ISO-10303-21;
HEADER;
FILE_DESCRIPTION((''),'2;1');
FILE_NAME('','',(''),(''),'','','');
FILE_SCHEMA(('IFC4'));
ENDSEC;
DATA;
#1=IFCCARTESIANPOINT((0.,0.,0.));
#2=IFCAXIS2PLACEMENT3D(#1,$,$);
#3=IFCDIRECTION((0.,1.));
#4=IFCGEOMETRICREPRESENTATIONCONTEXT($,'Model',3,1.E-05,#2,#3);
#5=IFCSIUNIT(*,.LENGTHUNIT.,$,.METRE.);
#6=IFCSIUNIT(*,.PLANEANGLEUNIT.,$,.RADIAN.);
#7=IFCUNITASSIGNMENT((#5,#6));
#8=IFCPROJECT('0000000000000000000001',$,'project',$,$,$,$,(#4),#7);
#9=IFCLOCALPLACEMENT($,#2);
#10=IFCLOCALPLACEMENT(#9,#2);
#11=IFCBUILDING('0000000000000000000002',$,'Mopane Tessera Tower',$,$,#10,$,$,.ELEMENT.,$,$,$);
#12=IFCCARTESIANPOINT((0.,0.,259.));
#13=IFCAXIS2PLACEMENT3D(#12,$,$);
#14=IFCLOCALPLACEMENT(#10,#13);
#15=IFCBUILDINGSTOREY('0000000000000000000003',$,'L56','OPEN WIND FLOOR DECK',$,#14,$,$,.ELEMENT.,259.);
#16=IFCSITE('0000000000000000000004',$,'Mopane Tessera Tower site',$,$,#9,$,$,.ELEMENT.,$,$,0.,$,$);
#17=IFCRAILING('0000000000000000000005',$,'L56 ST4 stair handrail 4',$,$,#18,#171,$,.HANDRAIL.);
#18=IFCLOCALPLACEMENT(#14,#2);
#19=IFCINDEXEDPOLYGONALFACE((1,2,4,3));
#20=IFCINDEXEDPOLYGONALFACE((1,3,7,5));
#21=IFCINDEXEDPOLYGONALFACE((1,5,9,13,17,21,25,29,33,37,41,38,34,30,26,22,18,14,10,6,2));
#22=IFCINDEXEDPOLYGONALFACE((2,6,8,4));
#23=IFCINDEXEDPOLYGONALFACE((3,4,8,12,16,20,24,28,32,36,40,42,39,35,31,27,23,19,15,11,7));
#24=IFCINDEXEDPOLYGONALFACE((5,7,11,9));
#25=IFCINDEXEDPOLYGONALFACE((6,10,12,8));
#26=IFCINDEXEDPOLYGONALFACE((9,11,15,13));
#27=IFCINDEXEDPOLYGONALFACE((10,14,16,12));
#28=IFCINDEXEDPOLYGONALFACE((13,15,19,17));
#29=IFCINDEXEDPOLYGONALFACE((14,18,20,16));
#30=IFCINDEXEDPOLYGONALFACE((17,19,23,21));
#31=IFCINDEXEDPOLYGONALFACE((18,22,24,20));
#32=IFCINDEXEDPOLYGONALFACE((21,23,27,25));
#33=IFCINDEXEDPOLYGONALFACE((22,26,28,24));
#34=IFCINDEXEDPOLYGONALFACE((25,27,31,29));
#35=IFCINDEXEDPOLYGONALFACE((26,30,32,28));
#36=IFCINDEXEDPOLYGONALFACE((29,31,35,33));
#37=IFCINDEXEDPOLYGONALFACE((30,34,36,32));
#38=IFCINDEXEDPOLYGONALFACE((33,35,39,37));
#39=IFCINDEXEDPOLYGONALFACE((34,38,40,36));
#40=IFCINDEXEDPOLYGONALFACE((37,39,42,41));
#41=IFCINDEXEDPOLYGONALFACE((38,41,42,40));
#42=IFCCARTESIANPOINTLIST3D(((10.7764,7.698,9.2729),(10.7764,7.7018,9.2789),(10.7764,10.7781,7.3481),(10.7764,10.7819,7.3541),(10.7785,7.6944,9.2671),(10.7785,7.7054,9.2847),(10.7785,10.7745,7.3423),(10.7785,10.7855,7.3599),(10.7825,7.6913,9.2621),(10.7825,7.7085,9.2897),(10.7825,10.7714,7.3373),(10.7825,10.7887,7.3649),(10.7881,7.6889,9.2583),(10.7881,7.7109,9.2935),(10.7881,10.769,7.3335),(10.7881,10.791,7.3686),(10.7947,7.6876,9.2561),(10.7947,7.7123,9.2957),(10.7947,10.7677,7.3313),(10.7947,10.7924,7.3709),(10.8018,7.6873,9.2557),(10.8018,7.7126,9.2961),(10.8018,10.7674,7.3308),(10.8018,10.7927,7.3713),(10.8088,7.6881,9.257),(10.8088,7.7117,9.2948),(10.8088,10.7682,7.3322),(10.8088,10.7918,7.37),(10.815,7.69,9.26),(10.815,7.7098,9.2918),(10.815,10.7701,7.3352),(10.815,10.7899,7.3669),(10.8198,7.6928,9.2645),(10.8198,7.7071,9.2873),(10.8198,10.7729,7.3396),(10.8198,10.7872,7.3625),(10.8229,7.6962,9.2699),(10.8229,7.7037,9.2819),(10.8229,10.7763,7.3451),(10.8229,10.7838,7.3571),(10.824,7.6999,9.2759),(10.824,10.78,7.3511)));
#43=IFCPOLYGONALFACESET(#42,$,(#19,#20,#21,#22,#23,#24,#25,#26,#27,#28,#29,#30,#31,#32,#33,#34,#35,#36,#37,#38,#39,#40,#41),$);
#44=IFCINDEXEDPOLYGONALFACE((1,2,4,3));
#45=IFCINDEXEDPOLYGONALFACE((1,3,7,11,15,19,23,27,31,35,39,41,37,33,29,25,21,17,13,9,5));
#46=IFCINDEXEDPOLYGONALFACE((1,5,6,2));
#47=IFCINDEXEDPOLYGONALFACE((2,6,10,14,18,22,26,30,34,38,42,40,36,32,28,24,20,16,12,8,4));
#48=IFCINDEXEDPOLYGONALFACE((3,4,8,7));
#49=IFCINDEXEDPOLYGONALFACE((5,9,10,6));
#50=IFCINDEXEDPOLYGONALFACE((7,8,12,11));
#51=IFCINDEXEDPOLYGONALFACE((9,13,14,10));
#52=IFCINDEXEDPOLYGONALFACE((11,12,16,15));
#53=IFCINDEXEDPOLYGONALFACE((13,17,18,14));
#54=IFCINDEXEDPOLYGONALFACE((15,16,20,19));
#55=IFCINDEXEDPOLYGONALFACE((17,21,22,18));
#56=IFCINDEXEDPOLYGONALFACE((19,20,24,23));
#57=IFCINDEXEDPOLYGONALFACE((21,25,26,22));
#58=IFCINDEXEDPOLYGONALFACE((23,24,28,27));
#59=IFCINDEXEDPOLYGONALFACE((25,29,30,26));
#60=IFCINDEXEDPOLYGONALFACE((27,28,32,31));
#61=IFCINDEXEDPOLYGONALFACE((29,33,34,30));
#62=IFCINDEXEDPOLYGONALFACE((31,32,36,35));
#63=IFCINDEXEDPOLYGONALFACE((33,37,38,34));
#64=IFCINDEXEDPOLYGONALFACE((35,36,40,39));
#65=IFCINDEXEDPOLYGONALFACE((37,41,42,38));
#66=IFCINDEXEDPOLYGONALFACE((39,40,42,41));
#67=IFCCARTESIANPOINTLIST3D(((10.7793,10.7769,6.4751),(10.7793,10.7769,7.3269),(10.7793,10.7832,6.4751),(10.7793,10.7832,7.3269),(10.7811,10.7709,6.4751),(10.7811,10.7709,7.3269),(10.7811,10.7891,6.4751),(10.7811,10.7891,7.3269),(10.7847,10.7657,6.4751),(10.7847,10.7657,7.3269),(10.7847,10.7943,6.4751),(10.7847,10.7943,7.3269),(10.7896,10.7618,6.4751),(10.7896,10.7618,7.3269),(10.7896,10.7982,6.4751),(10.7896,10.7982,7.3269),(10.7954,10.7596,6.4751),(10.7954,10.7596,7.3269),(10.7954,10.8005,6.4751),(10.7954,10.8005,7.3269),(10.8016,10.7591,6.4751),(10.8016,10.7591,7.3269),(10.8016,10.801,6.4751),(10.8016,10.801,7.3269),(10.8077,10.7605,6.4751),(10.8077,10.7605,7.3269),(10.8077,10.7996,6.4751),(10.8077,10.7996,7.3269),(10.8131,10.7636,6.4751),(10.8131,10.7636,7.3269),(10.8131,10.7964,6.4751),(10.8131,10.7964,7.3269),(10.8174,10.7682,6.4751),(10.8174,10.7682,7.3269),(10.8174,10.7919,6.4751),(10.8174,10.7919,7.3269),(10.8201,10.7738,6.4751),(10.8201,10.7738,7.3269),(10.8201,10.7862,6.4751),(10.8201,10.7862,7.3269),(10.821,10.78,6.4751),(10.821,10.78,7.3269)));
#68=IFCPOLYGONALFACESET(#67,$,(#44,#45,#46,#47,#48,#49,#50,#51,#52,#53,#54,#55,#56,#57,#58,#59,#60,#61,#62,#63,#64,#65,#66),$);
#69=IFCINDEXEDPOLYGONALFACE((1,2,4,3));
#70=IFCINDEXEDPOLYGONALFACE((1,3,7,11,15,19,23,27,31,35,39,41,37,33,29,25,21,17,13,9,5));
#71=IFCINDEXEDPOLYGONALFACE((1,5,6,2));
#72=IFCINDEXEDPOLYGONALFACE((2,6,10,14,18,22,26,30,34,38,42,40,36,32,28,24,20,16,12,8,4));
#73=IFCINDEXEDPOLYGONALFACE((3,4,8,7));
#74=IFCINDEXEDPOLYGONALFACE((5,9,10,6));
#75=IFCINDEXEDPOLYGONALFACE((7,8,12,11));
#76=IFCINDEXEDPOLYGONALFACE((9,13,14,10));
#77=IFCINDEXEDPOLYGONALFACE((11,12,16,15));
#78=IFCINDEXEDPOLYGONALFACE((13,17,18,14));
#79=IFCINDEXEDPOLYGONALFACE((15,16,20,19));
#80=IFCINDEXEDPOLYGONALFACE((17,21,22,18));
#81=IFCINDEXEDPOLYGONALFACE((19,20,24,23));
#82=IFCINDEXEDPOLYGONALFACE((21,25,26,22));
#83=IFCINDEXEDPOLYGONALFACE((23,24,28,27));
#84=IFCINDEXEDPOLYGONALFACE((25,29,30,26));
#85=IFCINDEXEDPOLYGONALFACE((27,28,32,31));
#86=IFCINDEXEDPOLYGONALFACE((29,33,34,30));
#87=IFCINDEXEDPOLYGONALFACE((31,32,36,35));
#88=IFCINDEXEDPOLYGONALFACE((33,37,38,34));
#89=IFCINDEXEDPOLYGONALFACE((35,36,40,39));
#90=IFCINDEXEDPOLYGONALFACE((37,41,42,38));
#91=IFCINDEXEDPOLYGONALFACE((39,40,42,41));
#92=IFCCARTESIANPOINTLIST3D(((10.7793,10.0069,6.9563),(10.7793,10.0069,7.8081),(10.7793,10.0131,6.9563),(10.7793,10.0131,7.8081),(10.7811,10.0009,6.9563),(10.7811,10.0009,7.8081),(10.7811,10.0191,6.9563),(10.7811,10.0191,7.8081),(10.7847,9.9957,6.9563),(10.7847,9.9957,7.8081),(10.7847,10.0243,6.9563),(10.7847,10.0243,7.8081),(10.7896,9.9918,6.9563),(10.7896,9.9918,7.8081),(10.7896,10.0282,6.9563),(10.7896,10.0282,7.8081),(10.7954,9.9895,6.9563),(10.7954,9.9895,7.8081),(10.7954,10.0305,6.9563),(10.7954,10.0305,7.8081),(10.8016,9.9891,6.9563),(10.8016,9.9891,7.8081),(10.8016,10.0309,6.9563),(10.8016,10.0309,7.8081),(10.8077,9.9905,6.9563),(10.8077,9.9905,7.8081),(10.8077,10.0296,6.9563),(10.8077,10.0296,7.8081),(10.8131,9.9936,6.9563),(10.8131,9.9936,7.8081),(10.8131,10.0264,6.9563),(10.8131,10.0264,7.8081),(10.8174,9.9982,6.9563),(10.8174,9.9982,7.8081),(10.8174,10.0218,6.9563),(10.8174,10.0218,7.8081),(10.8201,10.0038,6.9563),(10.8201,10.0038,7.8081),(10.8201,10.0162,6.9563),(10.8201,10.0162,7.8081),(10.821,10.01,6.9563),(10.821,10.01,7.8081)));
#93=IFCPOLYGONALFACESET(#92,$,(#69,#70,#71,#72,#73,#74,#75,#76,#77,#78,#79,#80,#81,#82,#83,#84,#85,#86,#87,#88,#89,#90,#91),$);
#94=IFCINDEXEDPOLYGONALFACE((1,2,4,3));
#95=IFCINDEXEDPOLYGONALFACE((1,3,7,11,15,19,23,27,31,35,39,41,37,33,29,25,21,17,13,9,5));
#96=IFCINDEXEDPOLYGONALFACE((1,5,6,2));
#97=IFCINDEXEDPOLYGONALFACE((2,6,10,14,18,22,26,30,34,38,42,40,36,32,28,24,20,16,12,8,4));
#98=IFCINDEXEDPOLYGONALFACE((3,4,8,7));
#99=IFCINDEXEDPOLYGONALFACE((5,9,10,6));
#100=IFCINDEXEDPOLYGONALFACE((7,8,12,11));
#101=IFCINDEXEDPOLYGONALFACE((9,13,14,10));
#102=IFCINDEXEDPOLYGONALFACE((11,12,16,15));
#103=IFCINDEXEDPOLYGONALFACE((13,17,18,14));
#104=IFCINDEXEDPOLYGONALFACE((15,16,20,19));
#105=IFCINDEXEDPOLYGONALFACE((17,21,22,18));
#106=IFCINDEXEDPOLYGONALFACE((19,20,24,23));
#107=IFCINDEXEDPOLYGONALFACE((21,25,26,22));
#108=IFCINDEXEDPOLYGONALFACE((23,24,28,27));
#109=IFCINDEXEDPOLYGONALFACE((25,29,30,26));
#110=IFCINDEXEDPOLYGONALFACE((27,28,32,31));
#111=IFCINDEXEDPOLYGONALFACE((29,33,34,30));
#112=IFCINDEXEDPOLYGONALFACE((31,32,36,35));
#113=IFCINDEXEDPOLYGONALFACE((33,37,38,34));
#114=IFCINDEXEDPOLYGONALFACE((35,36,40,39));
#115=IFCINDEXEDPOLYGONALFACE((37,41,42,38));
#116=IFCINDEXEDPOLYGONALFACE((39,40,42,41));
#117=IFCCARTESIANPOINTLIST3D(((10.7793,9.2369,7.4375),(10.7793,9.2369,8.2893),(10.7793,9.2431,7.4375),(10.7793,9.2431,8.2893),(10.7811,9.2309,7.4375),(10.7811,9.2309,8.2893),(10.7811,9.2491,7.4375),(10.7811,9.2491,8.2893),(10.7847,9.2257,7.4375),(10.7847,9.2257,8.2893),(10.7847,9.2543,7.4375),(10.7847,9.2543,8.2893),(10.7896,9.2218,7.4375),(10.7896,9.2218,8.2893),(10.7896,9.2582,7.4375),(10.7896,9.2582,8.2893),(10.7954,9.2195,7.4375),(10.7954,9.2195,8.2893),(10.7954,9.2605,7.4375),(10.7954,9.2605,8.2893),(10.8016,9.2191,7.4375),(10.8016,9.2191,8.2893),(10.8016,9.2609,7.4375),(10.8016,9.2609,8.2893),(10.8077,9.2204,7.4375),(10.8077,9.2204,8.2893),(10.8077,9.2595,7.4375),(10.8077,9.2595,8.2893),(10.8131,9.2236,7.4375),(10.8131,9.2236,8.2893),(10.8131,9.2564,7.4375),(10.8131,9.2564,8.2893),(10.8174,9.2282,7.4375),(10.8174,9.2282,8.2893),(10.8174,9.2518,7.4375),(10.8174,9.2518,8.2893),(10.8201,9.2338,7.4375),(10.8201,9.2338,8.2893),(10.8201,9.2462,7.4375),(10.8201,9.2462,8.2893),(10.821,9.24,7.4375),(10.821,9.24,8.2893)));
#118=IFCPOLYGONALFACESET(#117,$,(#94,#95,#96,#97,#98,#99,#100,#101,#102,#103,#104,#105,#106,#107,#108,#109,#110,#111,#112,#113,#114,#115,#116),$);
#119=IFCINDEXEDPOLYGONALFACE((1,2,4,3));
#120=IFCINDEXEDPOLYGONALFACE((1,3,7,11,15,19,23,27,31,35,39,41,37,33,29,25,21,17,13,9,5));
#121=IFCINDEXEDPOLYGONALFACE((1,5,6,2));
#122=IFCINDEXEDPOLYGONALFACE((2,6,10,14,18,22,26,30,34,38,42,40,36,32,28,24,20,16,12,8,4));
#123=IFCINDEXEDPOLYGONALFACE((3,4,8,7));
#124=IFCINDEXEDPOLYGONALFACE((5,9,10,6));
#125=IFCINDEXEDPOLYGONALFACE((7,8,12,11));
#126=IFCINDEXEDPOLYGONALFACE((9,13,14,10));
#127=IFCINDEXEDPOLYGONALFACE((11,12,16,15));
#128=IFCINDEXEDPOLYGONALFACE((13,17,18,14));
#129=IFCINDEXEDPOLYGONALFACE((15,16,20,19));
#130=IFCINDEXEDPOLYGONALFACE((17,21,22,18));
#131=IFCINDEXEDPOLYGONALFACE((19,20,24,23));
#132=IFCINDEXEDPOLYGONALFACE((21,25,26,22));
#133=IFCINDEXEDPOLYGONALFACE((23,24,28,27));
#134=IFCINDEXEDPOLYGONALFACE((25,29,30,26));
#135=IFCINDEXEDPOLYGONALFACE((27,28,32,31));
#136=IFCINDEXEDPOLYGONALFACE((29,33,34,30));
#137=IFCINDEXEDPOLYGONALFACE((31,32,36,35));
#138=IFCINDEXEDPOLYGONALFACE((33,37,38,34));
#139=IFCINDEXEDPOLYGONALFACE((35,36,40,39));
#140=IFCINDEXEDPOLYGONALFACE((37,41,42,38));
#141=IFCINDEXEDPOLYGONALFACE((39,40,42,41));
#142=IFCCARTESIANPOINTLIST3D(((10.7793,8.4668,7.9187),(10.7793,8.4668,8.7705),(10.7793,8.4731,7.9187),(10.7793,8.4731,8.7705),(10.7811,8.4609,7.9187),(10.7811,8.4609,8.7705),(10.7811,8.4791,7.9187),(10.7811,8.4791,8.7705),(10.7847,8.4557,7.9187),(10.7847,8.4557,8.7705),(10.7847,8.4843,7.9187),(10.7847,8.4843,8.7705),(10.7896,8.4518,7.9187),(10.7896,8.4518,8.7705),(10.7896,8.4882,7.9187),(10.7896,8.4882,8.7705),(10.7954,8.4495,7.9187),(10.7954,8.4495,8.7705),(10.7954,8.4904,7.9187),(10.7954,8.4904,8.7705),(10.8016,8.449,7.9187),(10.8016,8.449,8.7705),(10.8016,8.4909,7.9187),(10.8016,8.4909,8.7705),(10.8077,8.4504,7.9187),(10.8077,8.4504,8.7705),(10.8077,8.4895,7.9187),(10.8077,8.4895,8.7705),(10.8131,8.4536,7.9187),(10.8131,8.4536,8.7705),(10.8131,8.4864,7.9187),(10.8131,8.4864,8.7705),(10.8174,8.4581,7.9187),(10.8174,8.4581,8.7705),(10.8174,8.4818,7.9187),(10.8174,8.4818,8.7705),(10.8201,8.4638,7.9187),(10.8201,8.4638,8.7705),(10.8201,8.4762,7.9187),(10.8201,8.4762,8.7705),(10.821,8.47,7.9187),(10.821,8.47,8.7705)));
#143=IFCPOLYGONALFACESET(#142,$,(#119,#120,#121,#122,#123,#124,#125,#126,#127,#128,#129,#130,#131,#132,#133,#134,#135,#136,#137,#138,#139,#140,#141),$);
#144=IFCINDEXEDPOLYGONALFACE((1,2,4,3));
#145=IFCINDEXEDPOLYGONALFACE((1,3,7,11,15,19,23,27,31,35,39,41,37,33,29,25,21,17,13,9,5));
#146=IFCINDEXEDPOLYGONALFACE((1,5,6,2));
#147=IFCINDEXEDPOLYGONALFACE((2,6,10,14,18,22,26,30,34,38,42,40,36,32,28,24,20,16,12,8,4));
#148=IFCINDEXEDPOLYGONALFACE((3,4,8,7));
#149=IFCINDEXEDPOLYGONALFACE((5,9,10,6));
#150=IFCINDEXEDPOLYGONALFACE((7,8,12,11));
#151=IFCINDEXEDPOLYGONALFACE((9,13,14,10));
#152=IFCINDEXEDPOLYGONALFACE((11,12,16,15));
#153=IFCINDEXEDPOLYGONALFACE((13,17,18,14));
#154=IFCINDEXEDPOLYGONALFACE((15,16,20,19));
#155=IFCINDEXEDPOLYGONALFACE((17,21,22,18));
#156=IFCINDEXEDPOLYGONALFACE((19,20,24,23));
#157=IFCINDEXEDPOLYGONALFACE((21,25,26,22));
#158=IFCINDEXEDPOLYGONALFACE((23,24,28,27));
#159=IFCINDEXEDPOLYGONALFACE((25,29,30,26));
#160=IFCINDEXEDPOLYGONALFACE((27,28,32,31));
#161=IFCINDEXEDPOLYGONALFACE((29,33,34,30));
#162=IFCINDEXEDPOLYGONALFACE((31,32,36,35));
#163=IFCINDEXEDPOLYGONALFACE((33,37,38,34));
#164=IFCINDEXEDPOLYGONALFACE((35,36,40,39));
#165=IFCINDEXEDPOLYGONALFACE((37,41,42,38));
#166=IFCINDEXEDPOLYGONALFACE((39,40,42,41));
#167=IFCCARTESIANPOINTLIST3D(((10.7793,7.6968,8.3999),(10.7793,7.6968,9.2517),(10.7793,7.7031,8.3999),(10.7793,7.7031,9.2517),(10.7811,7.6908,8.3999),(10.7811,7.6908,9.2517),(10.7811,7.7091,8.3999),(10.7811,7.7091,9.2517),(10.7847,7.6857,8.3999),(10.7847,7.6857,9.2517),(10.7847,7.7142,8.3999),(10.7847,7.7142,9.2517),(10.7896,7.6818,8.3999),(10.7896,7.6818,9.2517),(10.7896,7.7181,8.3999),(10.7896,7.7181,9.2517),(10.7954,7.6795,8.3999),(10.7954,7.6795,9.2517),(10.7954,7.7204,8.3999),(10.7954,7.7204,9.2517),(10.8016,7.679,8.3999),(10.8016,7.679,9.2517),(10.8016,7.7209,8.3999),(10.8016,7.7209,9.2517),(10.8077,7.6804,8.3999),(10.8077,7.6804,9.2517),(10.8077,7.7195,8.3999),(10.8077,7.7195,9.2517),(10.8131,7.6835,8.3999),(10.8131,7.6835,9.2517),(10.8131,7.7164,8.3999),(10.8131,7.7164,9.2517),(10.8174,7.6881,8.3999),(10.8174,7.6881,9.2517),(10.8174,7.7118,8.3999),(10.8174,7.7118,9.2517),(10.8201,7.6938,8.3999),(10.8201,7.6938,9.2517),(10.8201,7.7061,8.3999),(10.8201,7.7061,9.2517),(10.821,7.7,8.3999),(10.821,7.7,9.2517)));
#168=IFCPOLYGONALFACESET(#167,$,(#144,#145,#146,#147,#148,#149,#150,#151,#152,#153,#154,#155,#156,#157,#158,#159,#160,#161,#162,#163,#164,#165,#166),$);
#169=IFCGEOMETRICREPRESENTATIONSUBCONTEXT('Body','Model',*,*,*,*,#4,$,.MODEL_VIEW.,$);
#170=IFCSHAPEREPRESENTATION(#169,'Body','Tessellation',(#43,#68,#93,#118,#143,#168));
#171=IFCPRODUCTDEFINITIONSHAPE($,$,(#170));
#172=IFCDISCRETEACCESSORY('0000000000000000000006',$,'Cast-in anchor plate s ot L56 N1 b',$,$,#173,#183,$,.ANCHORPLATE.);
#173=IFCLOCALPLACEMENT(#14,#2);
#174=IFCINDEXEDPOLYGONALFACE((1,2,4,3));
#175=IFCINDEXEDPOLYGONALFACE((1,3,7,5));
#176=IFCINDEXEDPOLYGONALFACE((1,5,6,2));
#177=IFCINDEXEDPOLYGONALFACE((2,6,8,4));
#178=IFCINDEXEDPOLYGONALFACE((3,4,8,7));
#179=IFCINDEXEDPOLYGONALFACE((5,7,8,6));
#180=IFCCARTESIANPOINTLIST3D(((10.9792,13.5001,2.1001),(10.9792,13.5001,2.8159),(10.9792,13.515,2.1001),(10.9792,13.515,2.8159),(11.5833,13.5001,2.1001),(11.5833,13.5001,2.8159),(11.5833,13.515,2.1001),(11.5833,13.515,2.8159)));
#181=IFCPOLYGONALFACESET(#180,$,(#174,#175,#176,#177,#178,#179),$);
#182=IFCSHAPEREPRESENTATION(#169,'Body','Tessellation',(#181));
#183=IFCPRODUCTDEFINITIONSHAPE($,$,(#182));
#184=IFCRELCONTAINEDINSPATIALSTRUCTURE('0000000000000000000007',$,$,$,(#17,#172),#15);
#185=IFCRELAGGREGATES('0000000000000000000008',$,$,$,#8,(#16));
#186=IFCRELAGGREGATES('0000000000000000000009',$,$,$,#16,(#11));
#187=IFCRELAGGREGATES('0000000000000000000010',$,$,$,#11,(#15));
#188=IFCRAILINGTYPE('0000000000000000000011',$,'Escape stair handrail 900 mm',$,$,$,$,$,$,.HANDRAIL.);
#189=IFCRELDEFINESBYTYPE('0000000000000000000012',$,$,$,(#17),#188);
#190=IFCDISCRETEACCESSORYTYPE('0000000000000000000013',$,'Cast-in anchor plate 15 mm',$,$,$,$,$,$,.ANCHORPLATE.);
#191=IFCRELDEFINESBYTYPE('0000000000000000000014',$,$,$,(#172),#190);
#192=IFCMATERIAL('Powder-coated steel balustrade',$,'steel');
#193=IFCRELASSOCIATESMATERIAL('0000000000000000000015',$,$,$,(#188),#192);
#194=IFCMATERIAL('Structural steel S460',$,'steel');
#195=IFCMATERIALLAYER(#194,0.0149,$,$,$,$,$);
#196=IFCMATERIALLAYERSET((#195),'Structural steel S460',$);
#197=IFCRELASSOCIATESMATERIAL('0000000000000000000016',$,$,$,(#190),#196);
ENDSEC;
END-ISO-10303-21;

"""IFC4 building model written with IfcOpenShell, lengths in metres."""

from ifc_helpers import new_model, si_unit, direction, frame, origin, origin_2d, place, context, subcontext, project, spatial, rectangle, circle, extrude, material, layer, layer_set, type_object, element, save


model = new_model("IFC4")

# Units and contexts
model_context = context("Model", 3, precision=1e-05, world=origin(), true_north=direction((0.0, 1.0)))
body_context = subcontext(model_context, "Body", "Model", "MODEL_VIEW")
ifc_project = project(units=[si_unit("LENGTHUNIT", "METRE"), si_unit("PLANEANGLEUNIT", "RADIAN")], contexts=[model_context])

# Site, building, storey
site_placement = place(None, origin())
site = spatial("IfcSite", under=ifc_project, at=site_placement, Name="Mopane Tessera Tower site", CompositionType="ELEMENT", RefElevation=0.0)
building_placement = place(site_placement, origin())
building = spatial("IfcBuilding", under=site, at=building_placement, Name="Mopane Tessera Tower", CompositionType="ELEMENT")
storey_placement = place(building_placement, frame((0.0, 0.0, 259.0)))
storey = spatial("IfcBuildingStorey", under=building, at=storey_placement, Name="L56", Description="OPEN WIND FLOOR DECK", CompositionType="ELEMENT", Elevation=259.0)

# Railing
ifc_material_1 = material(Name="Powder-coated steel balustrade", Category="steel")
railing_type = type_object("IfcRailingType", Name="Escape stair handrail 900 mm", PredefinedType="HANDRAIL", material=ifc_material_1)
railing_1_placement = place(storey_placement, frame((10.8, 10.78, 6.4751)))
element("IfcRailing", 1, at=railing_1_placement, inside=storey, type_object=railing_type, Name="L56 ST4 stair handrail 4", PredefinedType="HANDRAIL", context=body_context, shape_type="SweptSolid", body=[
    extrude(circle(Radius=0.0239, at=origin_2d()), frame((0.0, 0.0, 0.876), z_axis=(0.0, -0.848029, 0.529951), x_axis=(1.0, 0.0, 0.0)), (0.0, 0.0, 1.0), 3.6321),
    extrude(circle(Radius=0.021, at=origin_2d()), origin(), (0.0, 0.0, 1.0), 0.8518),
    extrude(circle(Radius=0.021, at=origin_2d()), frame((0.0, -0.77, 0.4812)), (0.0, 0.0, 1.0), 0.8518),
    extrude(circle(Radius=0.021, at=origin_2d()), frame((0.0, -1.54, 0.9624)), (0.0, 0.0, 1.0), 0.8518),
    extrude(circle(Radius=0.021, at=origin_2d()), frame((0.0, -2.3101, 1.4436)), (0.0, 0.0, 1.0), 0.8518),
    extrude(circle(Radius=0.021, at=origin_2d()), frame((0.0, -3.0801, 1.9248)), (0.0, 0.0, 1.0), 0.8518),
])

# Discrete accessory
ifc_material_2 = material(Name="Structural steel S460", Category="steel")
ifc_layer_1 = layer(ifc_material_2, 0.0149)
ifc_layer_set_1 = layer_set([ifc_layer_1], Name="Structural steel S460")
discrete_accessory_type = type_object("IfcDiscreteAccessoryType", Name="Cast-in anchor plate 15 mm", PredefinedType="ANCHORPLATE", material=ifc_layer_set_1)
discrete_accessory_placement = place(storey_placement, frame((11.2812, 13.5076, 2.1001), z_axis=(0.0, 0.0, 1.0), x_axis=(0.0, 1.0, 0.0)))
element("IfcDiscreteAccessory", 2, at=discrete_accessory_placement, inside=storey, type_object=discrete_accessory_type, Name="Cast-in anchor plate s ot L56 N1 b", PredefinedType="ANCHORPLATE", context=body_context, shape_type="SweptSolid", body=[
    extrude(rectangle(XDim=0.0149, YDim=0.604, at=origin_2d()), origin(), (0.0, 0.0, 1.0), 0.7158),
])

save(model, "model.ifc")
